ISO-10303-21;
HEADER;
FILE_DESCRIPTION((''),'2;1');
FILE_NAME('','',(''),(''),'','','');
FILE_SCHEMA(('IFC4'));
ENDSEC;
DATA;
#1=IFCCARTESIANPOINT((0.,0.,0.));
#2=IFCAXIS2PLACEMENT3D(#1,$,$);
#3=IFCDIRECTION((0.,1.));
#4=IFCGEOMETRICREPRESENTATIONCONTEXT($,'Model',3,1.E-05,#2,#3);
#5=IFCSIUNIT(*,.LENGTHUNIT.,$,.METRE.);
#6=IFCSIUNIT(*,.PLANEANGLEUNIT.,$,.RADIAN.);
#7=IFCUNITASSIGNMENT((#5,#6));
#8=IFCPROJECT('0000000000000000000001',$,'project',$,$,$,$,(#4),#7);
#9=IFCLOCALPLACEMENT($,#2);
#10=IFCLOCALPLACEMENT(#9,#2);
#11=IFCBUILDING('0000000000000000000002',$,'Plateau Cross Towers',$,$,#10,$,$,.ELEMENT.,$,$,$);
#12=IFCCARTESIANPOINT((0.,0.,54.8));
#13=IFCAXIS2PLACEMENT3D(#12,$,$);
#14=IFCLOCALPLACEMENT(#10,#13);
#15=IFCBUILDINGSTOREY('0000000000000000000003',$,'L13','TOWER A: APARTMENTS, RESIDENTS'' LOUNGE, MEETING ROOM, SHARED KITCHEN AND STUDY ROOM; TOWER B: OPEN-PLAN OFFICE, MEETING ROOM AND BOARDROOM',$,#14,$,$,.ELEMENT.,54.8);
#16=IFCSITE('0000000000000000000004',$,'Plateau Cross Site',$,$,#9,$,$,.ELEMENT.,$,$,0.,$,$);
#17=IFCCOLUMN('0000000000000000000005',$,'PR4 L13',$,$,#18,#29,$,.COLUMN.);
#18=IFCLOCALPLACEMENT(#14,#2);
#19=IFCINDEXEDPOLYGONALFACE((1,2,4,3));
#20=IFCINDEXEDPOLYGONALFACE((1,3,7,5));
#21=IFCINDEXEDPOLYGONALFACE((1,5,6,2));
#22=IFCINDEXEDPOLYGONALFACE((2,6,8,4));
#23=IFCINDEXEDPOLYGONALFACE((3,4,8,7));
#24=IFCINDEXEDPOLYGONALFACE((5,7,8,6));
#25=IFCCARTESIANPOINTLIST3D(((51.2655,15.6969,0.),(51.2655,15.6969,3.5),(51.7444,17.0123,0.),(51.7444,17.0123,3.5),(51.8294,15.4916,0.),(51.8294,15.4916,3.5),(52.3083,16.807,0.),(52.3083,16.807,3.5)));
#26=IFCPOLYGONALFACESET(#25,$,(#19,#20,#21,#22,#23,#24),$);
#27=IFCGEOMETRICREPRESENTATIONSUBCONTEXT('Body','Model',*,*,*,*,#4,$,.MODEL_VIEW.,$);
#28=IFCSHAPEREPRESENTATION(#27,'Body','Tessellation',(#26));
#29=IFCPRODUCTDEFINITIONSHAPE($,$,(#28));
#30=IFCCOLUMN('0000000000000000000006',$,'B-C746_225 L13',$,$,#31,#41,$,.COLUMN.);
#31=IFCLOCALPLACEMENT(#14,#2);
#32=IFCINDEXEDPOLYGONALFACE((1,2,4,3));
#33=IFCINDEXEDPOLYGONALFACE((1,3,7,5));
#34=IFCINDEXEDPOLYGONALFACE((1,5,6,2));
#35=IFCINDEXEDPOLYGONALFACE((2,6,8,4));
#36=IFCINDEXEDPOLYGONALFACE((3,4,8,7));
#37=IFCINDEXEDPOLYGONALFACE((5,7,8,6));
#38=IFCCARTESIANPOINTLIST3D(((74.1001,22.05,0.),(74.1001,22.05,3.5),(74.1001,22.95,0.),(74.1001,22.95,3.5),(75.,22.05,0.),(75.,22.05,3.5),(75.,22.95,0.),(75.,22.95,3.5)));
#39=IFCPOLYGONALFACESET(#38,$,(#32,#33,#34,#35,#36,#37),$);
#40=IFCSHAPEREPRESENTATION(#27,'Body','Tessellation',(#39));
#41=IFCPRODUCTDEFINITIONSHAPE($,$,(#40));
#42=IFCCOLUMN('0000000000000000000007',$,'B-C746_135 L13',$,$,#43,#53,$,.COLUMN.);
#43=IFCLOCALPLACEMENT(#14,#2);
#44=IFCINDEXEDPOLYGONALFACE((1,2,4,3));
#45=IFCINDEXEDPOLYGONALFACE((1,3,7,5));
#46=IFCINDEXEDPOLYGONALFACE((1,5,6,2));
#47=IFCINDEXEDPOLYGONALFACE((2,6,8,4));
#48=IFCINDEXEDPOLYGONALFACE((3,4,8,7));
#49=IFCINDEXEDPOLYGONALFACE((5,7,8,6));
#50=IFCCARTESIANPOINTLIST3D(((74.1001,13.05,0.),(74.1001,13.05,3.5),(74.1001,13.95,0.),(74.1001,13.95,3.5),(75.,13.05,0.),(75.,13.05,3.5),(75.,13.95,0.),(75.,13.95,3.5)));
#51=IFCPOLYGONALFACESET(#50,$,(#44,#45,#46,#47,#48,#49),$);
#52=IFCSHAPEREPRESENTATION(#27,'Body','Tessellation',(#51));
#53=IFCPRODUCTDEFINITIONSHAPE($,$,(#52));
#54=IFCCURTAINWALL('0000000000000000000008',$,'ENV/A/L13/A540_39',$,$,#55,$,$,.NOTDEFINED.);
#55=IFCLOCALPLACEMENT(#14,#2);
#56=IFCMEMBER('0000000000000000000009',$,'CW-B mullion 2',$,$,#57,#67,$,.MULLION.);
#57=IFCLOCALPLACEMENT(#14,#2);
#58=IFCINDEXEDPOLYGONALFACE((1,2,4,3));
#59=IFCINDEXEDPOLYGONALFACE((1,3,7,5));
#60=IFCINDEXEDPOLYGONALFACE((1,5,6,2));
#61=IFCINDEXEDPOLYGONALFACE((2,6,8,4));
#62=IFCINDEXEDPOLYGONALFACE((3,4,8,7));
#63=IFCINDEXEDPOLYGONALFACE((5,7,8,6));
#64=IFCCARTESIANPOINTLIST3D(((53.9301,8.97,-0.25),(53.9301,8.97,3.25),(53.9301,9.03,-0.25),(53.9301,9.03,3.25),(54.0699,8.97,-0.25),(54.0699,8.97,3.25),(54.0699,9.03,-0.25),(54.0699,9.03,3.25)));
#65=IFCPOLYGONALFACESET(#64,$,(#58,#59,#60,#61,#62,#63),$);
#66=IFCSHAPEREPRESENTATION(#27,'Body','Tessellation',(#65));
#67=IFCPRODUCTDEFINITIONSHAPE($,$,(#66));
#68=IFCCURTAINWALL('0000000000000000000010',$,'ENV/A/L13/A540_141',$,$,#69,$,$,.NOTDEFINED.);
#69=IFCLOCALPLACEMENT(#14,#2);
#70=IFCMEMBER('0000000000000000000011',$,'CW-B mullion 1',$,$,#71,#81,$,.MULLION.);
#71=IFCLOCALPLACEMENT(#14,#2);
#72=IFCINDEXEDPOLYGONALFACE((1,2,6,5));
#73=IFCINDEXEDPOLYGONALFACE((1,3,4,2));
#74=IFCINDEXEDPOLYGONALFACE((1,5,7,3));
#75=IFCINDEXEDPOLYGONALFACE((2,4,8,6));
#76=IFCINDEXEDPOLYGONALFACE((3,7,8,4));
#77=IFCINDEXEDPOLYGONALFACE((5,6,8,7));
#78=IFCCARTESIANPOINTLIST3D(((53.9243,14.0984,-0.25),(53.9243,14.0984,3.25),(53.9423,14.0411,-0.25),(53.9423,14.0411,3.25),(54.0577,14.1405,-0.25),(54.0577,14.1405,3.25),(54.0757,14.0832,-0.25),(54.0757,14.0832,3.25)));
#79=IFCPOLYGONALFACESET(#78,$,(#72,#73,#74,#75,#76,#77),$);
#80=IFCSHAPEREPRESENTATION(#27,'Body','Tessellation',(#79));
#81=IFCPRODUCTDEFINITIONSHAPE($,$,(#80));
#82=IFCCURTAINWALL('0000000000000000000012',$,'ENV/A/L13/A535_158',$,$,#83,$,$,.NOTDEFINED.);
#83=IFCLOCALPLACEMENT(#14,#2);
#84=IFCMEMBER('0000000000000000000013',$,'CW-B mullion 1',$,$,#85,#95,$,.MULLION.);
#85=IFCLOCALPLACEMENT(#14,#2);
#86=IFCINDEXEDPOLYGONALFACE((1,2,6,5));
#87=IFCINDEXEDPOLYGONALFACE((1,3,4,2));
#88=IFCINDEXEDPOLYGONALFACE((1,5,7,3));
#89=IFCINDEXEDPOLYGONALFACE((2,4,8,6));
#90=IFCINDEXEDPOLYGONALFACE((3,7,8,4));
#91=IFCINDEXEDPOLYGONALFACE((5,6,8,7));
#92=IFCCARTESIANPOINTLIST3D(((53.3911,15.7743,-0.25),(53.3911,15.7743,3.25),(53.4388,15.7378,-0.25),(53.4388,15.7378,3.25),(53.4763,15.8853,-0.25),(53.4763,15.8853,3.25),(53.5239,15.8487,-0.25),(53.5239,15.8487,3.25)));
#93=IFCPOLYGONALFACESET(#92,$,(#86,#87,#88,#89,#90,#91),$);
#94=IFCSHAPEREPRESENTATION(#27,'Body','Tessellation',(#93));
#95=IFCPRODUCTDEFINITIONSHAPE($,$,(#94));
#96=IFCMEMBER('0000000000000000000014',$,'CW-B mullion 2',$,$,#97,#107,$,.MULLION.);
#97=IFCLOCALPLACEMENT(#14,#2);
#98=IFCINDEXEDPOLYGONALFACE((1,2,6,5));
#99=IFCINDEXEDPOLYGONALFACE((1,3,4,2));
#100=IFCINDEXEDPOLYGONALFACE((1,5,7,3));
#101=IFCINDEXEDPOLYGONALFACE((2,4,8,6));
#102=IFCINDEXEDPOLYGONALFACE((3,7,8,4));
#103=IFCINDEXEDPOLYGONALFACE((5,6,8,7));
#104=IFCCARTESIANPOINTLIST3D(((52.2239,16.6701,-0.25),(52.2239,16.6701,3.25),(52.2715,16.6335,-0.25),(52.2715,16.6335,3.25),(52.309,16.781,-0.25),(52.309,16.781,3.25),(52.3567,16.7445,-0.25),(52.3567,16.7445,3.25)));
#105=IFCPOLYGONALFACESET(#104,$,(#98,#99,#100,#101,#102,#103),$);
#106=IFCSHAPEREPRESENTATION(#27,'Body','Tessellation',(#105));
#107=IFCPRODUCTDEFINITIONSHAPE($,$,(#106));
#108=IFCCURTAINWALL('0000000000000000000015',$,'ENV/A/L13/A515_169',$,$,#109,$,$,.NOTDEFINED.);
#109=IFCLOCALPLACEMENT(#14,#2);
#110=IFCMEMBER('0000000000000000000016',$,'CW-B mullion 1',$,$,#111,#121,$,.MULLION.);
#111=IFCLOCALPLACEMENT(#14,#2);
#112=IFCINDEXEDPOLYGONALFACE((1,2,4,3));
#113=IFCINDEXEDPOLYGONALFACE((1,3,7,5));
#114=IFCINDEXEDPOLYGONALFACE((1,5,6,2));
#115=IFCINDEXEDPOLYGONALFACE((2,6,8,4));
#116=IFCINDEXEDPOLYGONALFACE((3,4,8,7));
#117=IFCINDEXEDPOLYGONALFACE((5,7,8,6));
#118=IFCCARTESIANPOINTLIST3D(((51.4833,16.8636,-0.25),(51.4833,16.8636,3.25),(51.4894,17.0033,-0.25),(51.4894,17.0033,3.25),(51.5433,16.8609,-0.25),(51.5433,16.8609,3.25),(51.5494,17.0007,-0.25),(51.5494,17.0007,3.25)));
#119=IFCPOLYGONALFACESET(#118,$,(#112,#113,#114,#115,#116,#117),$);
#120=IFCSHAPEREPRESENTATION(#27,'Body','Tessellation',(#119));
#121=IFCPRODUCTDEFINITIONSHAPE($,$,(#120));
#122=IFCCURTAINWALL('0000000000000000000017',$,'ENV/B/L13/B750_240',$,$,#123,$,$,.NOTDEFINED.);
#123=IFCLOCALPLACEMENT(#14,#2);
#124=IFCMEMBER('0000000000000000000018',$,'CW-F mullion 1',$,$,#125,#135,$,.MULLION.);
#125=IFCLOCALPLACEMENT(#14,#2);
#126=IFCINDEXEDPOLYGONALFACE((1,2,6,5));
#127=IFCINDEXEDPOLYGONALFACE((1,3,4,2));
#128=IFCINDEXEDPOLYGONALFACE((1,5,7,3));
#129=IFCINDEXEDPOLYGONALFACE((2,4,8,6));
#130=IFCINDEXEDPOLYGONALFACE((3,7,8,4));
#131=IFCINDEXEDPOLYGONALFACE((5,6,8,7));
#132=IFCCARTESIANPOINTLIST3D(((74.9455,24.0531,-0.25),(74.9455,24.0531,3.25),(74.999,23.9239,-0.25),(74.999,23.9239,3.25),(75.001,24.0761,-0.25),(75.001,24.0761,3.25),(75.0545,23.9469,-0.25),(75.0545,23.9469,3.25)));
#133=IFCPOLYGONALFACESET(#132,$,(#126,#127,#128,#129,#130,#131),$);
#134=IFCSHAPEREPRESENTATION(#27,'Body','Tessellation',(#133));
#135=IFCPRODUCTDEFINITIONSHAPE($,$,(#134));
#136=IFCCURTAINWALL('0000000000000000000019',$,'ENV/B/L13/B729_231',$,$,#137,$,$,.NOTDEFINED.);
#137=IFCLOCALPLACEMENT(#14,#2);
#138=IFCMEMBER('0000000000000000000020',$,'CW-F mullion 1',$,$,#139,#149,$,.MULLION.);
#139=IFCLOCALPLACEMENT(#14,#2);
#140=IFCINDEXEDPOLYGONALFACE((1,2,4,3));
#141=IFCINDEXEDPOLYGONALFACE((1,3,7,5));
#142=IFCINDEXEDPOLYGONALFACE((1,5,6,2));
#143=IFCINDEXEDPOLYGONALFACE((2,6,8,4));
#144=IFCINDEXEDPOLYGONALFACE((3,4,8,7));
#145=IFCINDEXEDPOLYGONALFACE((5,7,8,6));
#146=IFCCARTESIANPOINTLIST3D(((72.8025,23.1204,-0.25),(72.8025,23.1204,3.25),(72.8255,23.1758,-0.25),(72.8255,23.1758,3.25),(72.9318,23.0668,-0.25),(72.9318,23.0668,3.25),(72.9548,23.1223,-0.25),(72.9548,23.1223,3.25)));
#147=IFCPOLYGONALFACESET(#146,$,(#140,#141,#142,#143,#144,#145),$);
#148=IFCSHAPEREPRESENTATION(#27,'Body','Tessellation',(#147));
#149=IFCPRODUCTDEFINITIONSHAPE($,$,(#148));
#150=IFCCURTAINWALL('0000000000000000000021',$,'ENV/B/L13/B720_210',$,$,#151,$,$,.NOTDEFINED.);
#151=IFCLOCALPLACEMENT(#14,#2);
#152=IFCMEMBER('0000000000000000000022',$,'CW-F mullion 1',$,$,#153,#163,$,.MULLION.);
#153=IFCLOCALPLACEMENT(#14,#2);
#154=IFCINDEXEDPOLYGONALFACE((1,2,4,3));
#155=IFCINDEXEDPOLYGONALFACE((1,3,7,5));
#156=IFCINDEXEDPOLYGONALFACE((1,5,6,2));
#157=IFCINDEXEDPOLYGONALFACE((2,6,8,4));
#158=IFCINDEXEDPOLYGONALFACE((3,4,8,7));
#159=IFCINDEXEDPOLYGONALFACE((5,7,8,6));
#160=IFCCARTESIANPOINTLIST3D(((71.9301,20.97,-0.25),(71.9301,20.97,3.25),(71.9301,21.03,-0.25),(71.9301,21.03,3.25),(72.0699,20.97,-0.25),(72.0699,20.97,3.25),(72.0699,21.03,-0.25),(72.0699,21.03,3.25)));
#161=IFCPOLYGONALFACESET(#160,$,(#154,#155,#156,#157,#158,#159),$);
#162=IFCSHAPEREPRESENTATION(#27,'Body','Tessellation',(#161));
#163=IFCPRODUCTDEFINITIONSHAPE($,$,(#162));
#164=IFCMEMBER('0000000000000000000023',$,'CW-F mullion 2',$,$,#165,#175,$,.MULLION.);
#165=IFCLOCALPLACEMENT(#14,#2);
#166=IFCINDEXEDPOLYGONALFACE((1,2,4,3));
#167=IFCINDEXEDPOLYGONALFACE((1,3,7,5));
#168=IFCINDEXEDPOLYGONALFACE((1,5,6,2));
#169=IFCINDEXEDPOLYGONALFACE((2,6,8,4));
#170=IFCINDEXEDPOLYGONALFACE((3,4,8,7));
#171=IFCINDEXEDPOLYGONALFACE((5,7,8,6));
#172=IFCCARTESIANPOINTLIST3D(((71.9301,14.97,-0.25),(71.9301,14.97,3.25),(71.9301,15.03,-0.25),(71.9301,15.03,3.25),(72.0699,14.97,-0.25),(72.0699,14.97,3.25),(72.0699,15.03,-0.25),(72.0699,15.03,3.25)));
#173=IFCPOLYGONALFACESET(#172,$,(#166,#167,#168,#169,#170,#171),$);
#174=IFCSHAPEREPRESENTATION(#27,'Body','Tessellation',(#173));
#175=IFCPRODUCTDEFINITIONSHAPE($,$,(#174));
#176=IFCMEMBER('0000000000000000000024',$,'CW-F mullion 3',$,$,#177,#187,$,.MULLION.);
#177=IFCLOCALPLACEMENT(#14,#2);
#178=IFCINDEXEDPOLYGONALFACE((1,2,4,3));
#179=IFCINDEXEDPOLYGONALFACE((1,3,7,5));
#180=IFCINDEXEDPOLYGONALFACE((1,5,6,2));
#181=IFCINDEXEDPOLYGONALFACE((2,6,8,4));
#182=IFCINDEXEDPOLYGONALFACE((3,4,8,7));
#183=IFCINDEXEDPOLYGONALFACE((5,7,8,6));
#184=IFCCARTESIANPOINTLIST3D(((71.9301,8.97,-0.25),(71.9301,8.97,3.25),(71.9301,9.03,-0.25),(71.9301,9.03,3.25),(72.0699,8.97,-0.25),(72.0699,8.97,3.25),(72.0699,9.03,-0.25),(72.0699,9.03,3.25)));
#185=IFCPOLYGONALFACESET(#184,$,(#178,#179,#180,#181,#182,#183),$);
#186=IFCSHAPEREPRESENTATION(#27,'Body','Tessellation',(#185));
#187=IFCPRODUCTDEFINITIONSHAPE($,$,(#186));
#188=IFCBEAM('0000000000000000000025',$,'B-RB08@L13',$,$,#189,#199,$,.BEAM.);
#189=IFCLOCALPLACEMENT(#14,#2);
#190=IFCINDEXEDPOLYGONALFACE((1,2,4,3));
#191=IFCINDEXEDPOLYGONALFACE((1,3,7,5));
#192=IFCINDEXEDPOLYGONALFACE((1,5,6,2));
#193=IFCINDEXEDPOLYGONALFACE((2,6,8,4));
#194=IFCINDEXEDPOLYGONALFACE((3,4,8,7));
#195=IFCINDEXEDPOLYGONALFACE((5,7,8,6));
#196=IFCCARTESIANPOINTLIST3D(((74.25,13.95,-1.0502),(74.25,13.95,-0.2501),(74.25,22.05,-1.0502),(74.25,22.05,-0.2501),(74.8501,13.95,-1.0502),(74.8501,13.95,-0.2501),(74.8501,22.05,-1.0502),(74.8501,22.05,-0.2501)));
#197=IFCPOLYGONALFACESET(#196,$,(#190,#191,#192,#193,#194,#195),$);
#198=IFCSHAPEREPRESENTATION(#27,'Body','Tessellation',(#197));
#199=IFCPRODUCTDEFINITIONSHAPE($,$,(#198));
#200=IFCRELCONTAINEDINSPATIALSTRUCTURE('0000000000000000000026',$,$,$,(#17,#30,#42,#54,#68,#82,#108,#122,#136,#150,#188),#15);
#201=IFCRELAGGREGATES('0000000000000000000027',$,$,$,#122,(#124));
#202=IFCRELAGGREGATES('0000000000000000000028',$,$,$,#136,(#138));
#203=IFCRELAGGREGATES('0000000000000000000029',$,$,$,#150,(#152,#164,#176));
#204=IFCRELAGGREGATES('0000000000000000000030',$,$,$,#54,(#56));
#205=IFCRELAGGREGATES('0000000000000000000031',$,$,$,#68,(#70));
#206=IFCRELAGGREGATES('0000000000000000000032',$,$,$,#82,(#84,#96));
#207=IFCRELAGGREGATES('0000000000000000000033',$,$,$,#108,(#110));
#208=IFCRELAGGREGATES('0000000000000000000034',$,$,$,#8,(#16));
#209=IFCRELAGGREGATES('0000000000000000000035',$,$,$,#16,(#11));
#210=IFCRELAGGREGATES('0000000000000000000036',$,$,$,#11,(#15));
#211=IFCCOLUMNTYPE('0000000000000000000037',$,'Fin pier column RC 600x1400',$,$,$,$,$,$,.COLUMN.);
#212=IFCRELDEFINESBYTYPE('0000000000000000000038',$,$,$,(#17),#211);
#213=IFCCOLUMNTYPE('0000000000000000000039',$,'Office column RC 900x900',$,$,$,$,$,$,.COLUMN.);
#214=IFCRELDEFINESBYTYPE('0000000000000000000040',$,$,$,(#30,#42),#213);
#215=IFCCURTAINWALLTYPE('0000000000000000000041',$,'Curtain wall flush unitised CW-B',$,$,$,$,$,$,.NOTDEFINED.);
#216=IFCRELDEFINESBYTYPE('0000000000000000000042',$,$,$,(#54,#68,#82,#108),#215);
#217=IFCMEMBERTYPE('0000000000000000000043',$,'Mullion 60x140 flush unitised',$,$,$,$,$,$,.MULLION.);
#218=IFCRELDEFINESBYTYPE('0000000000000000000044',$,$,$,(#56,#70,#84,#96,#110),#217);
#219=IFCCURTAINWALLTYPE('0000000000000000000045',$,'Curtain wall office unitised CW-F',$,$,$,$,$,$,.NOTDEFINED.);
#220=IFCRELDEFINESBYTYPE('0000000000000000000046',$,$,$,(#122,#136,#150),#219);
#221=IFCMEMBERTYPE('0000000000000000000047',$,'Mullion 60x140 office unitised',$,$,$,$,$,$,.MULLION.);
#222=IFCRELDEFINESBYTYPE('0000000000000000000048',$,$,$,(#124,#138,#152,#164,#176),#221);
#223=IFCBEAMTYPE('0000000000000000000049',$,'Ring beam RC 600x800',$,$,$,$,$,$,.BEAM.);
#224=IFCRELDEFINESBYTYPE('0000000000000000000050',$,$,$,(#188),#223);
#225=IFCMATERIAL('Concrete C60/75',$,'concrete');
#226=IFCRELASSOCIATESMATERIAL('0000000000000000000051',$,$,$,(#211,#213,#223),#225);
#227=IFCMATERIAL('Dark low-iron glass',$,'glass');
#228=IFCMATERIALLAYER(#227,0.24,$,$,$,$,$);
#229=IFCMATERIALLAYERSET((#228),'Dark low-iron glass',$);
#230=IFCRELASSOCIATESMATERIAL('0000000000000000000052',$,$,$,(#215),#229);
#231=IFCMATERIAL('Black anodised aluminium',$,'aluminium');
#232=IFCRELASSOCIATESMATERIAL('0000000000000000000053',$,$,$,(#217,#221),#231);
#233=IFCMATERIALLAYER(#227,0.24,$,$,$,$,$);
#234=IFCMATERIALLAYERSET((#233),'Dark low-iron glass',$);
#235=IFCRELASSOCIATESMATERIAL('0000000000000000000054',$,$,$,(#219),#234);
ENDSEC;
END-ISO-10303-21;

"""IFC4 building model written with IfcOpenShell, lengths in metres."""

from ifc_helpers import new_model, si_unit, direction, frame, origin, origin_2d, place, context, subcontext, project, spatial, rectangle, extrude, material, layer, layer_set, material_profile, profile_set, type_object, element, aggregate, save


model = new_model("IFC4")

# Units and contexts
model_context = context("Model", 3, precision=1e-05, world=origin(), true_north=direction((0.0, 1.0)))
body_context = subcontext(model_context, "Body", "Model", "MODEL_VIEW")
ifc_project = project(units=[si_unit("LENGTHUNIT", "METRE"), si_unit("PLANEANGLEUNIT", "RADIAN")], contexts=[model_context])

# Site, building, storey
site_placement = place(None, origin())
site = spatial("IfcSite", under=ifc_project, at=site_placement, Name="Plateau Cross Site", CompositionType="ELEMENT", RefElevation=0.0)
building_placement = place(site_placement, origin())
building = spatial("IfcBuilding", under=site, at=building_placement, Name="Plateau Cross Towers", CompositionType="ELEMENT")
storey_placement = place(building_placement, frame((0.0, 0.0, 54.8)))
storey = spatial("IfcBuildingStorey", under=building, at=storey_placement, Name="L13", Description="TOWER A: APARTMENTS, RESIDENTS' LOUNGE, MEETING ROOM, SHARED KITCHEN AND STUDY ROOM; TOWER B: OPEN-PLAN OFFICE, MEETING ROOM AND BOARDROOM", CompositionType="ELEMENT", Elevation=54.8)

# Columns
ifc_material_1 = material(Name="Concrete C60/75", Category="concrete")
ifc_material_profile_1 = material_profile(ifc_material_1, rectangle(XDim=0.6001, YDim=1.3999, at=origin_2d()), Name="RC 600x1400")
ifc_profile_set_1 = profile_set([ifc_material_profile_1], Name="Concrete C60/75")
column_type_1 = type_object("IfcColumnType", Name="Fin pier column RC 600x1400", PredefinedType="COLUMN", material=ifc_profile_set_1)
column_placement = place(storey_placement, frame((51.7869, 16.252, 0.0), z_axis=(0.0, 0.0, 1.0), x_axis=(-0.939664, 0.342098, 0.0)))
element("IfcColumn", 1, at=column_placement, inside=storey, type_object=column_type_1, Name="PR4 L13", PredefinedType="COLUMN", context=body_context, shape_type="SweptSolid", body=[
    extrude(rectangle(XDim=0.6001, YDim=1.3999, at=origin_2d()), origin(), (0.0, 0.0, 1.0), 3.5),
])
ifc_material_profile_2 = material_profile(ifc_material_1, rectangle(XDim=0.8999, YDim=0.8999, at=origin_2d()), Name="RC 900x900")
ifc_profile_set_2 = profile_set([ifc_material_profile_2], Name="Concrete C60/75")
column_type_2 = type_object("IfcColumnType", Name="Office column RC 900x900", PredefinedType="COLUMN", material=ifc_profile_set_2)
for number, where, z_axis, x_axis, name in (
    (2, (74.55, 22.5, 0.0), (0.0, 0.0, 1.0), (1.0, 0.0, 0.0), "B-C746_225 L13"),
    (3, (74.55, 13.5, 0.0), (0.0, 0.0, 1.0), (1.0, 0.0, 0.0), "B-C746_135 L13"),
):
    element("IfcColumn", number, at=place(storey_placement, frame(where, z_axis=z_axis, x_axis=x_axis)), inside=storey, type_object=column_type_2, Name=name, PredefinedType="COLUMN", context=body_context, shape_type="SweptSolid", body=[
        extrude(rectangle(XDim=0.8999, YDim=0.8999, at=origin_2d()), origin(), (0.0, 0.0, 1.0), 3.5),
    ])

# Curtain walls, members
ifc_material_2 = material(Name="Dark low-iron glass", Category="glass")
ifc_layer_1 = layer(ifc_material_2, 0.24)
ifc_layer_set_1 = layer_set([ifc_layer_1], Name="Dark low-iron glass")
curtain_wall_type_1 = type_object("IfcCurtainWallType", Name="Curtain wall flush unitised CW-B", PredefinedType="NOTDEFINED", material=ifc_layer_set_1)
curtain_wall_1_placement = place(storey_placement, origin())
curtain_wall_1 = element("IfcCurtainWall", 4, at=curtain_wall_1_placement, inside=storey, type_object=curtain_wall_type_1, Name="ENV/A/L13/A540_39", PredefinedType="NOTDEFINED")
ifc_material_3 = material(Name="Black anodised aluminium", Category="aluminium")
ifc_material_profile_3 = material_profile(ifc_material_3, rectangle(XDim=0.0601, YDim=0.1399, at=origin_2d()), Name="MULLION 60x140")
ifc_profile_set_3 = profile_set([ifc_material_profile_3], Name="Black anodised aluminium")
member_type_1 = type_object("IfcMemberType", Name="Mullion 60x140 flush unitised", PredefinedType="MULLION", material=ifc_profile_set_3)
member_1_placement = place(storey_placement, frame((54.0, 9.0, -0.25), z_axis=(0.0, 0.0, 1.0), x_axis=(0.0, 1.0, 0.0)))
member_1 = element("IfcMember", 5, at=member_1_placement, type_object=member_type_1, Name="CW-B mullion 2", PredefinedType="MULLION", context=body_context, shape_type="SweptSolid", body=[
    extrude(rectangle(XDim=0.0601, YDim=0.1399, at=origin_2d()), origin(), (0.0, 0.0, 1.0), 3.5),
])
curtain_wall_2_placement = place(storey_placement, origin())
curtain_wall_2 = element("IfcCurtainWall", 6, at=curtain_wall_2_placement, inside=storey, type_object=curtain_wall_type_1, Name="ENV/A/L13/A540_141", PredefinedType="NOTDEFINED")
member_2_placement = place(storey_placement, frame((54.0, 14.0908, -0.25), z_axis=(0.0, 0.0, 1.0), x_axis=(-0.300686, 0.953723, 0.0)))
member_2 = element("IfcMember", 7, at=member_2_placement, type_object=member_type_1, Name="CW-B mullion 1", PredefinedType="MULLION", context=body_context, shape_type="SweptSolid", body=[
    extrude(rectangle(XDim=0.0601, YDim=0.1399, at=origin_2d()), origin(), (0.0, 0.0, 1.0), 3.5),
])

# Curtain wall, members
curtain_wall_3_placement = place(storey_placement, origin())
curtain_wall_3 = element("IfcCurtainWall", 8, at=curtain_wall_3_placement, inside=storey, type_object=curtain_wall_type_1, Name="ENV/A/L13/A535_158", PredefinedType="NOTDEFINED")
member_3_placement = place(storey_placement, frame((53.4575, 15.8115, -0.25), z_axis=(0.0, 0.0, 1.0), x_axis=(-0.793316, 0.608811, 0.0)))
member_3 = element("IfcMember", 9, at=member_3_placement, type_object=member_type_1, Name="CW-B mullion 1", PredefinedType="MULLION", context=body_context, shape_type="SweptSolid", body=[
    extrude(rectangle(XDim=0.0601, YDim=0.1399, at=origin_2d()), origin(), (0.0, 0.0, 1.0), 3.5),
])
member_4_placement = place(storey_placement, frame((52.2903, 16.7073, -0.25), z_axis=(0.0, 0.0, 1.0), x_axis=(-0.793316, 0.608811, 0.0)))
member_4 = element("IfcMember", 10, at=member_4_placement, type_object=member_type_1, Name="CW-B mullion 2", PredefinedType="MULLION", context=body_context, shape_type="SweptSolid", body=[
    extrude(rectangle(XDim=0.0601, YDim=0.1399, at=origin_2d()), origin(), (0.0, 0.0, 1.0), 3.5),
])

# Curtain walls, members
curtain_wall_4_placement = place(storey_placement, origin())
curtain_wall_4 = element("IfcCurtainWall", 11, at=curtain_wall_4_placement, inside=storey, type_object=curtain_wall_type_1, Name="ENV/A/L13/A515_169", PredefinedType="NOTDEFINED")
member_5_placement = place(storey_placement, frame((51.5164, 16.9321, -0.25), z_axis=(0.0, 0.0, 1.0), x_axis=(-0.999044, 0.043723, 0.0)))
member_5 = element("IfcMember", 12, at=member_5_placement, type_object=member_type_1, Name="CW-B mullion 1", PredefinedType="MULLION", context=body_context, shape_type="SweptSolid", body=[
    extrude(rectangle(XDim=0.0601, YDim=0.1399, at=origin_2d()), origin(), (0.0, 0.0, 1.0), 3.5),
])
ifc_layer_2 = layer(ifc_material_2, 0.24)
ifc_layer_set_2 = layer_set([ifc_layer_2], Name="Dark low-iron glass")
curtain_wall_type_2 = type_object("IfcCurtainWallType", Name="Curtain wall office unitised CW-F", PredefinedType="NOTDEFINED", material=ifc_layer_set_2)
curtain_wall_5_placement = place(storey_placement, origin())
curtain_wall_5 = element("IfcCurtainWall", 13, at=curtain_wall_5_placement, inside=storey, type_object=curtain_wall_type_2, Name="ENV/B/L13/B750_240", PredefinedType="NOTDEFINED")
ifc_material_profile_4 = material_profile(ifc_material_3, rectangle(XDim=0.0601, YDim=0.1399, at=origin_2d()), Name="MULLION 60x140")
ifc_profile_set_4 = profile_set([ifc_material_profile_4], Name="Black anodised aluminium")
member_type_2 = type_object("IfcMemberType", Name="Mullion 60x140 office unitised", PredefinedType="MULLION", material=ifc_profile_set_4)
member_6_placement = place(storey_placement, frame((75.0, 24.0, -0.25), z_axis=(0.0, 0.0, 1.0), x_axis=(-0.923879, -0.382684, 0.0)))
member_6 = element("IfcMember", 14, at=member_6_placement, type_object=member_type_2, Name="CW-F mullion 1", PredefinedType="MULLION", context=body_context, shape_type="SweptSolid", body=[
    extrude(rectangle(XDim=0.0601, YDim=0.1399, at=origin_2d()), origin(), (0.0, 0.0, 1.0), 3.5),
])
curtain_wall_6_placement = place(storey_placement, origin())
curtain_wall_6 = element("IfcCurtainWall", 15, at=curtain_wall_6_placement, inside=storey, type_object=curtain_wall_type_2, Name="ENV/B/L13/B729_231", PredefinedType="NOTDEFINED")
member_7_placement = place(storey_placement, frame((72.8787, 23.1213, -0.25), z_axis=(0.0, 0.0, 1.0), x_axis=(-0.382684, -0.923879, 0.0)))
member_7 = element("IfcMember", 16, at=member_7_placement, type_object=member_type_2, Name="CW-F mullion 1", PredefinedType="MULLION", context=body_context, shape_type="SweptSolid", body=[
    extrude(rectangle(XDim=0.0601, YDim=0.1399, at=origin_2d()), origin(), (0.0, 0.0, 1.0), 3.5),
])

# Curtain wall, members
curtain_wall_7_placement = place(storey_placement, origin())
curtain_wall_7 = element("IfcCurtainWall", 17, at=curtain_wall_7_placement, inside=storey, type_object=curtain_wall_type_2, Name="ENV/B/L13/B720_210", PredefinedType="NOTDEFINED")
member_8_placement = place(storey_placement, frame((72.0, 21.0, -0.25), z_axis=(0.0, 0.0, 1.0), x_axis=(0.0, -1.0, 0.0)))
member_8 = element("IfcMember", 18, at=member_8_placement, type_object=member_type_2, Name="CW-F mullion 1", PredefinedType="MULLION", context=body_context, shape_type="SweptSolid", body=[
    extrude(rectangle(XDim=0.0601, YDim=0.1399, at=origin_2d()), origin(), (0.0, 0.0, 1.0), 3.5),
])
member_9_placement = place(storey_placement, frame((72.0, 15.0, -0.25), z_axis=(0.0, 0.0, 1.0), x_axis=(0.0, -1.0, 0.0)))
member_9 = element("IfcMember", 19, at=member_9_placement, type_object=member_type_2, Name="CW-F mullion 2", PredefinedType="MULLION", context=body_context, shape_type="SweptSolid", body=[
    extrude(rectangle(XDim=0.0601, YDim=0.1399, at=origin_2d()), origin(), (0.0, 0.0, 1.0), 3.5),
])
member_10_placement = place(storey_placement, frame((72.0, 9.0, -0.25), z_axis=(0.0, 0.0, 1.0), x_axis=(0.0, -1.0, 0.0)))
member_10 = element("IfcMember", 20, at=member_10_placement, type_object=member_type_2, Name="CW-F mullion 3", PredefinedType="MULLION", context=body_context, shape_type="SweptSolid", body=[
    extrude(rectangle(XDim=0.0601, YDim=0.1399, at=origin_2d()), origin(), (0.0, 0.0, 1.0), 3.5),
])

# Beam
ifc_material_profile_5 = material_profile(ifc_material_1, rectangle(XDim=0.6001, YDim=0.8, at=origin_2d()), Name="RC 600x800")
ifc_profile_set_5 = profile_set([ifc_material_profile_5], Name="Concrete C60/75")
beam_type = type_object("IfcBeamType", Name="Ring beam RC 600x800", PredefinedType="BEAM", material=ifc_profile_set_5)
for number, where, z_axis, x_axis, name in (
    (21, (74.55, 22.05, -0.6501), (0.0, -1.0, 0.0), (1.0, 0.0, 0.0), "B-RB08@L13"),
):
    element("IfcBeam", number, at=place(storey_placement, frame(where, z_axis=z_axis, x_axis=x_axis)), inside=storey, type_object=beam_type, Name=name, PredefinedType="BEAM", context=body_context, shape_type="SweptSolid", body=[
        extrude(rectangle(XDim=0.6001, YDim=0.8, at=origin_2d()), origin(), (0.0, 0.0, 1.0), 8.1001),
    ])

aggregate(curtain_wall_5, [member_6])
aggregate(curtain_wall_6, [member_7])
aggregate(curtain_wall_7, [member_8, member_9, member_10])
aggregate(curtain_wall_1, [member_1])
aggregate(curtain_wall_2, [member_2])
aggregate(curtain_wall_3, [member_3, member_4])
aggregate(curtain_wall_4, [member_5])

save(model, "model.ifc")
